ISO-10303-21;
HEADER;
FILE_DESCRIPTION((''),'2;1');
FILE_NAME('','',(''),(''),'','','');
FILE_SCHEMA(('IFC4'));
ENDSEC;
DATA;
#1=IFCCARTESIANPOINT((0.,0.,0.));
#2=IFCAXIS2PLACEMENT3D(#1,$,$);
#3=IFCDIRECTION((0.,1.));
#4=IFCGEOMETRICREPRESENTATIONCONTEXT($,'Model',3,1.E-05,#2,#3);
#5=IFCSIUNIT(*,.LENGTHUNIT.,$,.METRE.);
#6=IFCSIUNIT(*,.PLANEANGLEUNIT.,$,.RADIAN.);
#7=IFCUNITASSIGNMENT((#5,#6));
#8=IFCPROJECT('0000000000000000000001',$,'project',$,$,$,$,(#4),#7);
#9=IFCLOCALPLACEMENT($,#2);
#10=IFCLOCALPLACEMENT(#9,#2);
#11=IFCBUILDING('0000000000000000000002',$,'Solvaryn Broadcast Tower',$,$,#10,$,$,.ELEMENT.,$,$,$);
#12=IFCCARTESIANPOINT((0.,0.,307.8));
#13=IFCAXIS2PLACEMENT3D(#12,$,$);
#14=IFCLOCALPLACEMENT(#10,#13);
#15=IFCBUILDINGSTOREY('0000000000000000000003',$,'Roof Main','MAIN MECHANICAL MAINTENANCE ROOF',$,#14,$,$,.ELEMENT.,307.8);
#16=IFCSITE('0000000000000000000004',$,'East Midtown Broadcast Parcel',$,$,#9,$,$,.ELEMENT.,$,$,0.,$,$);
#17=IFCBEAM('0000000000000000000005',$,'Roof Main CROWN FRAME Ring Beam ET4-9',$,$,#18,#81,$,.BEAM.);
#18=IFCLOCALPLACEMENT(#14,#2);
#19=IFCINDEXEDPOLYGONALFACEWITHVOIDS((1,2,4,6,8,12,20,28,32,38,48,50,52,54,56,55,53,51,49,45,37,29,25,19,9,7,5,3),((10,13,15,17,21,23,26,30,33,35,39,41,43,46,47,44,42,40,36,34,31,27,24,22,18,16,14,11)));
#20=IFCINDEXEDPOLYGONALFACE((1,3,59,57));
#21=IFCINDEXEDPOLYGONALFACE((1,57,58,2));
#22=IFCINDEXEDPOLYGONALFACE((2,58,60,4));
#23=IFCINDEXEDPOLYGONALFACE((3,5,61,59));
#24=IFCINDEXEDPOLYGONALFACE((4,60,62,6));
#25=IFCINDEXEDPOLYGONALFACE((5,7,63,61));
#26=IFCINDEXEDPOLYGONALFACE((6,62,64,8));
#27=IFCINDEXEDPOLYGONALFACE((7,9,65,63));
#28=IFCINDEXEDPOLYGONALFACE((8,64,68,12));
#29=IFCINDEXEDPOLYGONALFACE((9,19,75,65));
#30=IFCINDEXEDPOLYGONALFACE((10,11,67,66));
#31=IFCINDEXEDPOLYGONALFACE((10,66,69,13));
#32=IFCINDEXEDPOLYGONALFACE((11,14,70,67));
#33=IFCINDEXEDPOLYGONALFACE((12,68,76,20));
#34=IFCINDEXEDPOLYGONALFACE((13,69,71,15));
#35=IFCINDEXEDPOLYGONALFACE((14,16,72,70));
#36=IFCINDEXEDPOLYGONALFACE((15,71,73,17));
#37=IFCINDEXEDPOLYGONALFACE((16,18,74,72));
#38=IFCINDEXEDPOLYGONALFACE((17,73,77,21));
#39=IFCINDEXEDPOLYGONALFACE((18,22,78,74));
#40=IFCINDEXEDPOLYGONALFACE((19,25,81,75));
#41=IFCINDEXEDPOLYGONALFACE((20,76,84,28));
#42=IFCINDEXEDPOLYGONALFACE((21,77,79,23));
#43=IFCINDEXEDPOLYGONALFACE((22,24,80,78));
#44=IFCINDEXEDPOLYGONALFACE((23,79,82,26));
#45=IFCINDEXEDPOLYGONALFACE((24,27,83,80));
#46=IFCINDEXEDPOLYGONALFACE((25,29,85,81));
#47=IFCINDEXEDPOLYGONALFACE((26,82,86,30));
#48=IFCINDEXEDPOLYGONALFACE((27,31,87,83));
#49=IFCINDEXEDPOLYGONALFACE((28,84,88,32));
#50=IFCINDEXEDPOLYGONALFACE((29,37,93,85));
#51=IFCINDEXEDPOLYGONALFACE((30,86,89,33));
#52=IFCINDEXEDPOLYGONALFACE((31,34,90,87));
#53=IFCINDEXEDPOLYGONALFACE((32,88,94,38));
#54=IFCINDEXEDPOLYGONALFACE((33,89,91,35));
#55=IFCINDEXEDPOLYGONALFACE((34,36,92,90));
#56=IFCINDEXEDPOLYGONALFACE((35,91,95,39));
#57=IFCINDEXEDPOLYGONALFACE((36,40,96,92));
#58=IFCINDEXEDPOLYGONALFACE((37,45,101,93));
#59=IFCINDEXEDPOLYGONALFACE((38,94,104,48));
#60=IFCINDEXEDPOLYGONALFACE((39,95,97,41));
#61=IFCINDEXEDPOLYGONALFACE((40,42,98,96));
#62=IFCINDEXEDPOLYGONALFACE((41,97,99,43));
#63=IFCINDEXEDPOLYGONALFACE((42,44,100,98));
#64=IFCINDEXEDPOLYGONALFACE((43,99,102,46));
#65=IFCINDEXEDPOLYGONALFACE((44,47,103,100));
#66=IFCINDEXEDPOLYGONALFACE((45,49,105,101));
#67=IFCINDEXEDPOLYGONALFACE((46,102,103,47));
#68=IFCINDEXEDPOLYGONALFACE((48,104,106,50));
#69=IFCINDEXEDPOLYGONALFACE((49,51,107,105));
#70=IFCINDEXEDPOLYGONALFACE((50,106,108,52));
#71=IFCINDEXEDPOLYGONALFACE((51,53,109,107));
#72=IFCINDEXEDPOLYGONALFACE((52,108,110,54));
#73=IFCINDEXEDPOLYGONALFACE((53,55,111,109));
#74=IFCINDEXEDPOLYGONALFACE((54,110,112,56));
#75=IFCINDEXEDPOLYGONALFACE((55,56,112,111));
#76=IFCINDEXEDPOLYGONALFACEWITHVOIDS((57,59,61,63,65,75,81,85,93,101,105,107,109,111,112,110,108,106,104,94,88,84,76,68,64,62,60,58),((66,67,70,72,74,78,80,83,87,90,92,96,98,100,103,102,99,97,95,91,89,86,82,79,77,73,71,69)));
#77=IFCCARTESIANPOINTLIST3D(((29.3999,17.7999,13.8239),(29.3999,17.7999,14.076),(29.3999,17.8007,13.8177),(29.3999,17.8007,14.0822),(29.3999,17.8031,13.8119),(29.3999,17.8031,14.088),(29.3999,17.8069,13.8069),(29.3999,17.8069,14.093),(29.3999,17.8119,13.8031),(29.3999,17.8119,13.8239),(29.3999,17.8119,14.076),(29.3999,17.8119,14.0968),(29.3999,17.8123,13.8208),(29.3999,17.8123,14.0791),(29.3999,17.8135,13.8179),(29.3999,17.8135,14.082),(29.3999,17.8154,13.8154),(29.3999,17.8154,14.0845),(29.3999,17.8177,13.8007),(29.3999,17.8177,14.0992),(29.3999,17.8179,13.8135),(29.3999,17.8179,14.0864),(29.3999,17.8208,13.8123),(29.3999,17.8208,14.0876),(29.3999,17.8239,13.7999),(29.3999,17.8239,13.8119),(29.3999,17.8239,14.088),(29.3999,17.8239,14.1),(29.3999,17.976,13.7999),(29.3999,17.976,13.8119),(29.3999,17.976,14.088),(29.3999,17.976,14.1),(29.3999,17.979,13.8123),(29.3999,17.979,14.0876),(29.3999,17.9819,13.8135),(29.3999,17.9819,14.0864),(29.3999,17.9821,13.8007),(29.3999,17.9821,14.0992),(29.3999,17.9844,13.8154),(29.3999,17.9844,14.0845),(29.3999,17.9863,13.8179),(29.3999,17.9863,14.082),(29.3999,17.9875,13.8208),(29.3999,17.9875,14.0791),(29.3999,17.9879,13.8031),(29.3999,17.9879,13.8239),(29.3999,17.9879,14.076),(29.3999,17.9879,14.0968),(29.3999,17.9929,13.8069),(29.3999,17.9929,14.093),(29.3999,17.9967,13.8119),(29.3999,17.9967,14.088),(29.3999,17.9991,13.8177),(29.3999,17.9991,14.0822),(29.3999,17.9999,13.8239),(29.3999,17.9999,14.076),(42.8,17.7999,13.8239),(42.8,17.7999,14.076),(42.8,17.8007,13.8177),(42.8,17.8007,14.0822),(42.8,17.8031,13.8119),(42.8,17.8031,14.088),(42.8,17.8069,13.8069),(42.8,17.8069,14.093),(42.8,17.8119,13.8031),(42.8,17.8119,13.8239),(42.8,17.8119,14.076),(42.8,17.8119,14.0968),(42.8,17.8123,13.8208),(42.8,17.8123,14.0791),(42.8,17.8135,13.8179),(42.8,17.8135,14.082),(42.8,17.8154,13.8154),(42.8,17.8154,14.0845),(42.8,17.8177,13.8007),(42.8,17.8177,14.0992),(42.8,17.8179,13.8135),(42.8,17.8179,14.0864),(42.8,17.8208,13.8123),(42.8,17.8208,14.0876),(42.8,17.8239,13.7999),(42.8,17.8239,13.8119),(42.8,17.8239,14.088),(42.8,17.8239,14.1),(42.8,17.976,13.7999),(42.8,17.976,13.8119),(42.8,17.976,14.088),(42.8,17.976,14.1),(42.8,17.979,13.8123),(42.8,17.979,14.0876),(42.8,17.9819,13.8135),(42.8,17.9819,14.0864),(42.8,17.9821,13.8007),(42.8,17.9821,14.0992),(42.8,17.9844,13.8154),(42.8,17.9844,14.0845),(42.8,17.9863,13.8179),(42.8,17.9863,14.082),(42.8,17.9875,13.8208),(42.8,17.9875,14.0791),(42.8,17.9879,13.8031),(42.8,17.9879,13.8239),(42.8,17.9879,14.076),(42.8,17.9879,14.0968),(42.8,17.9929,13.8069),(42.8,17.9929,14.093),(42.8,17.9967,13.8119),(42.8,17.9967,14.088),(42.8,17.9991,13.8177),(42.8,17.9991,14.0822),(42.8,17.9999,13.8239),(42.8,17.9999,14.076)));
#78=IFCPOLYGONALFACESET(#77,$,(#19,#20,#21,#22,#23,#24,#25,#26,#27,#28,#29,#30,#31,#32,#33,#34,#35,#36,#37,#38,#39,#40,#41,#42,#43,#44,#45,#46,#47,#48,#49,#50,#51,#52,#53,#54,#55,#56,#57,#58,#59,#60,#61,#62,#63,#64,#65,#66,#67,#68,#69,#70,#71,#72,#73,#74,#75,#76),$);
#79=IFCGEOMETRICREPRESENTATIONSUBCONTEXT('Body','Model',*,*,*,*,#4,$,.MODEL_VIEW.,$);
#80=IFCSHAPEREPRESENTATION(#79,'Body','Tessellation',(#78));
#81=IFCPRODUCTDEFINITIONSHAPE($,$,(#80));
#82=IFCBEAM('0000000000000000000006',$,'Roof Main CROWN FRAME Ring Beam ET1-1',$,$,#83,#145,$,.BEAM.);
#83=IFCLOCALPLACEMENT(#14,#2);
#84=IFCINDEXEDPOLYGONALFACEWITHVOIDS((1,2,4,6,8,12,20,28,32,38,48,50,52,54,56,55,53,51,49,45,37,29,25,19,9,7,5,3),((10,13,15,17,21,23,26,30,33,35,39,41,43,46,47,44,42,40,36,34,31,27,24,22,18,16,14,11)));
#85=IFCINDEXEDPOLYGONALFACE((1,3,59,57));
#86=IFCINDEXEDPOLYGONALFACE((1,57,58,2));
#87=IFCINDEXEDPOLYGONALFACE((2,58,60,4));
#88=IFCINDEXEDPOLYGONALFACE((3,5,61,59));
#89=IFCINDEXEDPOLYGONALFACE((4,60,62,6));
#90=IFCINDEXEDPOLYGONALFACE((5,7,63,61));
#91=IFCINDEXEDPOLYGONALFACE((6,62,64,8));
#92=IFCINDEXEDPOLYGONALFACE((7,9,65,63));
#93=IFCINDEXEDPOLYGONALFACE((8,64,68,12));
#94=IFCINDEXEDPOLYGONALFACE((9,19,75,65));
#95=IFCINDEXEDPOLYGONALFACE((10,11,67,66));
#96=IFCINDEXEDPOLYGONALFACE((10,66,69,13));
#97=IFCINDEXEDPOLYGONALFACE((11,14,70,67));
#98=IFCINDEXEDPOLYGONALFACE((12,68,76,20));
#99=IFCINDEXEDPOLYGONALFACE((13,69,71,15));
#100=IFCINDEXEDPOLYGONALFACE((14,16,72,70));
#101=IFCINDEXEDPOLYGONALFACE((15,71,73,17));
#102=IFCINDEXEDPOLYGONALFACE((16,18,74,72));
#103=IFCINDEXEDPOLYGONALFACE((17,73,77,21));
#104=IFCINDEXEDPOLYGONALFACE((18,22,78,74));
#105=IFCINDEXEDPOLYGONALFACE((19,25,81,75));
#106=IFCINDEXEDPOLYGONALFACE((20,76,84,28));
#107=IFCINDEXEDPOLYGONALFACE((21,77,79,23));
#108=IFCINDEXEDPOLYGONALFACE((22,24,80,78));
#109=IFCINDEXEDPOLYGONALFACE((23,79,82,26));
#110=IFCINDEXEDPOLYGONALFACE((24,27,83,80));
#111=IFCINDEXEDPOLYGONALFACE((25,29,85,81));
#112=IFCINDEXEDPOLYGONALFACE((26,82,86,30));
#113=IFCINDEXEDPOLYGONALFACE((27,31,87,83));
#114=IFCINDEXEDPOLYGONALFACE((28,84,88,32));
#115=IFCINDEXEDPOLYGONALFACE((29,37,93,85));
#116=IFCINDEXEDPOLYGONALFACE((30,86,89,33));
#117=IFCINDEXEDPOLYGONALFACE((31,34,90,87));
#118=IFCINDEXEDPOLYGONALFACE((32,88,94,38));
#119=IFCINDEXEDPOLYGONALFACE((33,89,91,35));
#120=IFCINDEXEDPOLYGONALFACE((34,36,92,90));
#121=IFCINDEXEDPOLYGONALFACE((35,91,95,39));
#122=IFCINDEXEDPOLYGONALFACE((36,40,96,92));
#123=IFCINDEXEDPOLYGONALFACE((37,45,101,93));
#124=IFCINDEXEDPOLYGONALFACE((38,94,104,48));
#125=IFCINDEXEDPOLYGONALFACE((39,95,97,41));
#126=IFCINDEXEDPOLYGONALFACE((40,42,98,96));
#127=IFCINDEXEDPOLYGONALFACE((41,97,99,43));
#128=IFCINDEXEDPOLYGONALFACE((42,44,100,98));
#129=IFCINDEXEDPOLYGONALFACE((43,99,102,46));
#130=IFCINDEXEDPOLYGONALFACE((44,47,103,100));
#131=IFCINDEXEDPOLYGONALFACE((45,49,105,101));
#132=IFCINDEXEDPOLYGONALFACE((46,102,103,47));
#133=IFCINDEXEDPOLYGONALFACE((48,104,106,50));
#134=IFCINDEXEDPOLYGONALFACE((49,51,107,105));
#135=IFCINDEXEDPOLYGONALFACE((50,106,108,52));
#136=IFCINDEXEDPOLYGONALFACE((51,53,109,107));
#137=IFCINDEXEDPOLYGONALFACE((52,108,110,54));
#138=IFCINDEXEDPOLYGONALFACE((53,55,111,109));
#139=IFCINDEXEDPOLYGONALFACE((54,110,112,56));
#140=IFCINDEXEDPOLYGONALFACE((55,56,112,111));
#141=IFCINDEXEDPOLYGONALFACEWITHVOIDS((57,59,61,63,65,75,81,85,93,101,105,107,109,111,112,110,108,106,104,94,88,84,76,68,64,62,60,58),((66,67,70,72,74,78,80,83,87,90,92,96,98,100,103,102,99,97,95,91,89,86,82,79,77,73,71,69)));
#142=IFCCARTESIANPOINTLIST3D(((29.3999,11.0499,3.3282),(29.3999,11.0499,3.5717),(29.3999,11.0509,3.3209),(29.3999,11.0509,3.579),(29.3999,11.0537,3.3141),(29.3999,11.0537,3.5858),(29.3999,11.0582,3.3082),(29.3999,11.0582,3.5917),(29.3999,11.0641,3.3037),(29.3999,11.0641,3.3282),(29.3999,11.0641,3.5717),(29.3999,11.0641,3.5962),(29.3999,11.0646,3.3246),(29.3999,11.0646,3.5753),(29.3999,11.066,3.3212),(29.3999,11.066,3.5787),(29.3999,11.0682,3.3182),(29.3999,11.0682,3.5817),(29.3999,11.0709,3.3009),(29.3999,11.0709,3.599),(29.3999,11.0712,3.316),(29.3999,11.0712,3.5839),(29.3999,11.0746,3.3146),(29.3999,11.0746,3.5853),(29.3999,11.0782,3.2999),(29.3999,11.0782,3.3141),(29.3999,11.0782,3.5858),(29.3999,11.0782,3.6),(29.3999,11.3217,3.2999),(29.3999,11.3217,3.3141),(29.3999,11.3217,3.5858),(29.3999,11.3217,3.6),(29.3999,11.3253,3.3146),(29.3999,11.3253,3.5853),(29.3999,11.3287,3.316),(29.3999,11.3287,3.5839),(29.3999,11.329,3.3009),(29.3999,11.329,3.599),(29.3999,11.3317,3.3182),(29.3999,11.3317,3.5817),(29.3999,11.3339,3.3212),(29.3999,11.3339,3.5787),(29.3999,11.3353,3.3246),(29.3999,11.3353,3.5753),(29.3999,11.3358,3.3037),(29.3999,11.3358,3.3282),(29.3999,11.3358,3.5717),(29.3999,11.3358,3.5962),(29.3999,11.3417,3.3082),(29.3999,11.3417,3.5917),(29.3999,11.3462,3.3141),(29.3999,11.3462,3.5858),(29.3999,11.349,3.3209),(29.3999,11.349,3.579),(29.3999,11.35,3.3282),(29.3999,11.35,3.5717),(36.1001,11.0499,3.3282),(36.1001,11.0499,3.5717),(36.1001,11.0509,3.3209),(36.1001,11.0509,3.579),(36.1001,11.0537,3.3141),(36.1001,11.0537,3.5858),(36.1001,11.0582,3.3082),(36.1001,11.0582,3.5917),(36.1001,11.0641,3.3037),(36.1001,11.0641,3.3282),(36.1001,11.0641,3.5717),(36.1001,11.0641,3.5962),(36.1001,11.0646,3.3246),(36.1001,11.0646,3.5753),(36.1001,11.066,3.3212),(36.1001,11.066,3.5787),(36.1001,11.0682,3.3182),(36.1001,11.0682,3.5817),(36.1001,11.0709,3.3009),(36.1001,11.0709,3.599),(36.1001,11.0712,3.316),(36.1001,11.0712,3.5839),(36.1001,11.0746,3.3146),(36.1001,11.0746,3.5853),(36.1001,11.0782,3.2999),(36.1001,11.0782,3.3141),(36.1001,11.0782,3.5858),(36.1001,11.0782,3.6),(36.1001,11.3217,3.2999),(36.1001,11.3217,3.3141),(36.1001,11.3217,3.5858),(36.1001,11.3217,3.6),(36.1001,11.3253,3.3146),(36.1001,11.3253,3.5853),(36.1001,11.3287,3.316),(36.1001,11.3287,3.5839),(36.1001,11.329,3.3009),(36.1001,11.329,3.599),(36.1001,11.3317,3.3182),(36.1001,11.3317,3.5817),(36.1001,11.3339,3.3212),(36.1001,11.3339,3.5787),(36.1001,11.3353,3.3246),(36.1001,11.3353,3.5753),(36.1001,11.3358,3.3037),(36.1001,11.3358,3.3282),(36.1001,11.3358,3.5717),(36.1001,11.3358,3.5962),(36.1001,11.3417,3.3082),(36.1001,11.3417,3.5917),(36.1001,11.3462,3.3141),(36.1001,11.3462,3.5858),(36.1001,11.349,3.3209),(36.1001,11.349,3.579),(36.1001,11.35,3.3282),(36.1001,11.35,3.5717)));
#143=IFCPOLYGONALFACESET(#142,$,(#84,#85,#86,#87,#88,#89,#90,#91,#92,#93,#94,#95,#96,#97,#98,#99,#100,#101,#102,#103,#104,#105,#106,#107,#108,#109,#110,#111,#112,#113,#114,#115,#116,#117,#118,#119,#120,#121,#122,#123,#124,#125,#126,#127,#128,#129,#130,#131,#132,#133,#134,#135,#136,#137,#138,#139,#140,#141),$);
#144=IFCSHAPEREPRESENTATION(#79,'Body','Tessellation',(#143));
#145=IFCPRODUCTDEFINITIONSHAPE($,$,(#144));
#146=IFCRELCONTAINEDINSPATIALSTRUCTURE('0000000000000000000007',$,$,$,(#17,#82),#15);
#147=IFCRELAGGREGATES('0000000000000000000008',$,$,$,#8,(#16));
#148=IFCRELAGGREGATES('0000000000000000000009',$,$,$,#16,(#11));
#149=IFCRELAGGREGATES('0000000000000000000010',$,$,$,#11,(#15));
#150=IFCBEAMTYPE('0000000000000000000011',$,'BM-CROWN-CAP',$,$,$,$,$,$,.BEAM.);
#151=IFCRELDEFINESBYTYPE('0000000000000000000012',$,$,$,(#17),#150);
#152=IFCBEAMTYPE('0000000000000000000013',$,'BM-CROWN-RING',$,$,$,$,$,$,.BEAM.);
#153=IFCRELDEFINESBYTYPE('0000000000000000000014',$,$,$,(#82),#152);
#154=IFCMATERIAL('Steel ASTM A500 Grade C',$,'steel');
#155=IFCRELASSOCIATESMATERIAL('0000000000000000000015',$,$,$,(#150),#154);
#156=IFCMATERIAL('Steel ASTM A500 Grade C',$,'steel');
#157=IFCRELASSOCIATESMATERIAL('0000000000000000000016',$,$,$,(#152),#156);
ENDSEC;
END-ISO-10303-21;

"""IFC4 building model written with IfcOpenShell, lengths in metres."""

from ifc_helpers import new_model, si_unit, direction, frame, origin, origin_2d, place, context, subcontext, project, spatial, hollow_rectangle, extrude, material, material_profile, profile_set, type_object, element, save


model = new_model("IFC4")

# Units and contexts
model_context = context("Model", 3, precision=1e-05, world=origin(), true_north=direction((0.0, 1.0)))
body_context = subcontext(model_context, "Body", "Model", "MODEL_VIEW")
ifc_project = project(units=[si_unit("LENGTHUNIT", "METRE"), si_unit("PLANEANGLEUNIT", "RADIAN")], contexts=[model_context])

# Site, building, storey
site_placement = place(None, origin())
site = spatial("IfcSite", under=ifc_project, at=site_placement, Name="East Midtown Broadcast Parcel", CompositionType="ELEMENT", RefElevation=0.0)
building_placement = place(site_placement, origin())
building = spatial("IfcBuilding", under=site, at=building_placement, Name="Solvaryn Broadcast Tower", CompositionType="ELEMENT")
storey_placement = place(building_placement, frame((0.0, 0.0, 307.8)))
storey = spatial("IfcBuildingStorey", under=building, at=storey_placement, Name="Roof Main", Description="MAIN MECHANICAL MAINTENANCE ROOF", CompositionType="ELEMENT", Elevation=307.8)

# Beams
ifc_material_1 = material(Name="Steel ASTM A500 Grade C", Category="steel")
ifc_material_profile_1 = material_profile(ifc_material_1, hollow_rectangle(XDim=0.2, YDim=0.3, WallThickness=0.012, InnerFilletRadius=0.012, OuterFilletRadius=0.0239, at=origin_2d()))
ifc_profile_set_1 = profile_set([ifc_material_profile_1], Name="Steel ASTM A500 Grade C")
beam_type_1 = type_object("IfcBeamType", Name="BM-CROWN-CAP", PredefinedType="BEAM", material=ifc_profile_set_1)
beam_1_placement = place(storey_placement, frame((29.3999, 17.8999, 13.95), z_axis=(1.0, 0.0, 0.0), x_axis=(0.0, 1.0, 0.0)))
element("IfcBeam", 1, at=beam_1_placement, inside=storey, type_object=beam_type_1, Name="Roof Main CROWN FRAME Ring Beam ET4-9", PredefinedType="BEAM", context=body_context, shape_type="SweptSolid", body=[
    extrude(hollow_rectangle(XDim=0.2, YDim=0.3, WallThickness=0.012, InnerFilletRadius=0.012, OuterFilletRadius=0.0239, at=origin_2d()), origin(), (0.0, 0.0, 1.0), 13.4001),
])
ifc_material_2 = material(Name="Steel ASTM A500 Grade C", Category="steel")
ifc_material_profile_2 = material_profile(ifc_material_2, hollow_rectangle(XDim=0.3, YDim=0.3, WallThickness=0.0142, InnerFilletRadius=0.0142, OuterFilletRadius=0.0283, at=origin_2d()))
ifc_profile_set_2 = profile_set([ifc_material_profile_2], Name="Steel ASTM A500 Grade C")
beam_type_2 = type_object("IfcBeamType", Name="BM-CROWN-RING", PredefinedType="BEAM", material=ifc_profile_set_2)
beam_2_placement = place(storey_placement, frame((29.3999, 11.2, 3.45), z_axis=(1.0, 0.0, 0.0), x_axis=(0.0, 1.0, 0.0)))
element("IfcBeam", 2, at=beam_2_placement, inside=storey, type_object=beam_type_2, Name="Roof Main CROWN FRAME Ring Beam ET1-1", PredefinedType="BEAM", context=body_context, shape_type="SweptSolid", body=[
    extrude(hollow_rectangle(XDim=0.3, YDim=0.3, WallThickness=0.0142, InnerFilletRadius=0.0142, OuterFilletRadius=0.0283, at=origin_2d()), origin(), (0.0, 0.0, 1.0), 6.7002),
])

save(model, "model.ifc")
